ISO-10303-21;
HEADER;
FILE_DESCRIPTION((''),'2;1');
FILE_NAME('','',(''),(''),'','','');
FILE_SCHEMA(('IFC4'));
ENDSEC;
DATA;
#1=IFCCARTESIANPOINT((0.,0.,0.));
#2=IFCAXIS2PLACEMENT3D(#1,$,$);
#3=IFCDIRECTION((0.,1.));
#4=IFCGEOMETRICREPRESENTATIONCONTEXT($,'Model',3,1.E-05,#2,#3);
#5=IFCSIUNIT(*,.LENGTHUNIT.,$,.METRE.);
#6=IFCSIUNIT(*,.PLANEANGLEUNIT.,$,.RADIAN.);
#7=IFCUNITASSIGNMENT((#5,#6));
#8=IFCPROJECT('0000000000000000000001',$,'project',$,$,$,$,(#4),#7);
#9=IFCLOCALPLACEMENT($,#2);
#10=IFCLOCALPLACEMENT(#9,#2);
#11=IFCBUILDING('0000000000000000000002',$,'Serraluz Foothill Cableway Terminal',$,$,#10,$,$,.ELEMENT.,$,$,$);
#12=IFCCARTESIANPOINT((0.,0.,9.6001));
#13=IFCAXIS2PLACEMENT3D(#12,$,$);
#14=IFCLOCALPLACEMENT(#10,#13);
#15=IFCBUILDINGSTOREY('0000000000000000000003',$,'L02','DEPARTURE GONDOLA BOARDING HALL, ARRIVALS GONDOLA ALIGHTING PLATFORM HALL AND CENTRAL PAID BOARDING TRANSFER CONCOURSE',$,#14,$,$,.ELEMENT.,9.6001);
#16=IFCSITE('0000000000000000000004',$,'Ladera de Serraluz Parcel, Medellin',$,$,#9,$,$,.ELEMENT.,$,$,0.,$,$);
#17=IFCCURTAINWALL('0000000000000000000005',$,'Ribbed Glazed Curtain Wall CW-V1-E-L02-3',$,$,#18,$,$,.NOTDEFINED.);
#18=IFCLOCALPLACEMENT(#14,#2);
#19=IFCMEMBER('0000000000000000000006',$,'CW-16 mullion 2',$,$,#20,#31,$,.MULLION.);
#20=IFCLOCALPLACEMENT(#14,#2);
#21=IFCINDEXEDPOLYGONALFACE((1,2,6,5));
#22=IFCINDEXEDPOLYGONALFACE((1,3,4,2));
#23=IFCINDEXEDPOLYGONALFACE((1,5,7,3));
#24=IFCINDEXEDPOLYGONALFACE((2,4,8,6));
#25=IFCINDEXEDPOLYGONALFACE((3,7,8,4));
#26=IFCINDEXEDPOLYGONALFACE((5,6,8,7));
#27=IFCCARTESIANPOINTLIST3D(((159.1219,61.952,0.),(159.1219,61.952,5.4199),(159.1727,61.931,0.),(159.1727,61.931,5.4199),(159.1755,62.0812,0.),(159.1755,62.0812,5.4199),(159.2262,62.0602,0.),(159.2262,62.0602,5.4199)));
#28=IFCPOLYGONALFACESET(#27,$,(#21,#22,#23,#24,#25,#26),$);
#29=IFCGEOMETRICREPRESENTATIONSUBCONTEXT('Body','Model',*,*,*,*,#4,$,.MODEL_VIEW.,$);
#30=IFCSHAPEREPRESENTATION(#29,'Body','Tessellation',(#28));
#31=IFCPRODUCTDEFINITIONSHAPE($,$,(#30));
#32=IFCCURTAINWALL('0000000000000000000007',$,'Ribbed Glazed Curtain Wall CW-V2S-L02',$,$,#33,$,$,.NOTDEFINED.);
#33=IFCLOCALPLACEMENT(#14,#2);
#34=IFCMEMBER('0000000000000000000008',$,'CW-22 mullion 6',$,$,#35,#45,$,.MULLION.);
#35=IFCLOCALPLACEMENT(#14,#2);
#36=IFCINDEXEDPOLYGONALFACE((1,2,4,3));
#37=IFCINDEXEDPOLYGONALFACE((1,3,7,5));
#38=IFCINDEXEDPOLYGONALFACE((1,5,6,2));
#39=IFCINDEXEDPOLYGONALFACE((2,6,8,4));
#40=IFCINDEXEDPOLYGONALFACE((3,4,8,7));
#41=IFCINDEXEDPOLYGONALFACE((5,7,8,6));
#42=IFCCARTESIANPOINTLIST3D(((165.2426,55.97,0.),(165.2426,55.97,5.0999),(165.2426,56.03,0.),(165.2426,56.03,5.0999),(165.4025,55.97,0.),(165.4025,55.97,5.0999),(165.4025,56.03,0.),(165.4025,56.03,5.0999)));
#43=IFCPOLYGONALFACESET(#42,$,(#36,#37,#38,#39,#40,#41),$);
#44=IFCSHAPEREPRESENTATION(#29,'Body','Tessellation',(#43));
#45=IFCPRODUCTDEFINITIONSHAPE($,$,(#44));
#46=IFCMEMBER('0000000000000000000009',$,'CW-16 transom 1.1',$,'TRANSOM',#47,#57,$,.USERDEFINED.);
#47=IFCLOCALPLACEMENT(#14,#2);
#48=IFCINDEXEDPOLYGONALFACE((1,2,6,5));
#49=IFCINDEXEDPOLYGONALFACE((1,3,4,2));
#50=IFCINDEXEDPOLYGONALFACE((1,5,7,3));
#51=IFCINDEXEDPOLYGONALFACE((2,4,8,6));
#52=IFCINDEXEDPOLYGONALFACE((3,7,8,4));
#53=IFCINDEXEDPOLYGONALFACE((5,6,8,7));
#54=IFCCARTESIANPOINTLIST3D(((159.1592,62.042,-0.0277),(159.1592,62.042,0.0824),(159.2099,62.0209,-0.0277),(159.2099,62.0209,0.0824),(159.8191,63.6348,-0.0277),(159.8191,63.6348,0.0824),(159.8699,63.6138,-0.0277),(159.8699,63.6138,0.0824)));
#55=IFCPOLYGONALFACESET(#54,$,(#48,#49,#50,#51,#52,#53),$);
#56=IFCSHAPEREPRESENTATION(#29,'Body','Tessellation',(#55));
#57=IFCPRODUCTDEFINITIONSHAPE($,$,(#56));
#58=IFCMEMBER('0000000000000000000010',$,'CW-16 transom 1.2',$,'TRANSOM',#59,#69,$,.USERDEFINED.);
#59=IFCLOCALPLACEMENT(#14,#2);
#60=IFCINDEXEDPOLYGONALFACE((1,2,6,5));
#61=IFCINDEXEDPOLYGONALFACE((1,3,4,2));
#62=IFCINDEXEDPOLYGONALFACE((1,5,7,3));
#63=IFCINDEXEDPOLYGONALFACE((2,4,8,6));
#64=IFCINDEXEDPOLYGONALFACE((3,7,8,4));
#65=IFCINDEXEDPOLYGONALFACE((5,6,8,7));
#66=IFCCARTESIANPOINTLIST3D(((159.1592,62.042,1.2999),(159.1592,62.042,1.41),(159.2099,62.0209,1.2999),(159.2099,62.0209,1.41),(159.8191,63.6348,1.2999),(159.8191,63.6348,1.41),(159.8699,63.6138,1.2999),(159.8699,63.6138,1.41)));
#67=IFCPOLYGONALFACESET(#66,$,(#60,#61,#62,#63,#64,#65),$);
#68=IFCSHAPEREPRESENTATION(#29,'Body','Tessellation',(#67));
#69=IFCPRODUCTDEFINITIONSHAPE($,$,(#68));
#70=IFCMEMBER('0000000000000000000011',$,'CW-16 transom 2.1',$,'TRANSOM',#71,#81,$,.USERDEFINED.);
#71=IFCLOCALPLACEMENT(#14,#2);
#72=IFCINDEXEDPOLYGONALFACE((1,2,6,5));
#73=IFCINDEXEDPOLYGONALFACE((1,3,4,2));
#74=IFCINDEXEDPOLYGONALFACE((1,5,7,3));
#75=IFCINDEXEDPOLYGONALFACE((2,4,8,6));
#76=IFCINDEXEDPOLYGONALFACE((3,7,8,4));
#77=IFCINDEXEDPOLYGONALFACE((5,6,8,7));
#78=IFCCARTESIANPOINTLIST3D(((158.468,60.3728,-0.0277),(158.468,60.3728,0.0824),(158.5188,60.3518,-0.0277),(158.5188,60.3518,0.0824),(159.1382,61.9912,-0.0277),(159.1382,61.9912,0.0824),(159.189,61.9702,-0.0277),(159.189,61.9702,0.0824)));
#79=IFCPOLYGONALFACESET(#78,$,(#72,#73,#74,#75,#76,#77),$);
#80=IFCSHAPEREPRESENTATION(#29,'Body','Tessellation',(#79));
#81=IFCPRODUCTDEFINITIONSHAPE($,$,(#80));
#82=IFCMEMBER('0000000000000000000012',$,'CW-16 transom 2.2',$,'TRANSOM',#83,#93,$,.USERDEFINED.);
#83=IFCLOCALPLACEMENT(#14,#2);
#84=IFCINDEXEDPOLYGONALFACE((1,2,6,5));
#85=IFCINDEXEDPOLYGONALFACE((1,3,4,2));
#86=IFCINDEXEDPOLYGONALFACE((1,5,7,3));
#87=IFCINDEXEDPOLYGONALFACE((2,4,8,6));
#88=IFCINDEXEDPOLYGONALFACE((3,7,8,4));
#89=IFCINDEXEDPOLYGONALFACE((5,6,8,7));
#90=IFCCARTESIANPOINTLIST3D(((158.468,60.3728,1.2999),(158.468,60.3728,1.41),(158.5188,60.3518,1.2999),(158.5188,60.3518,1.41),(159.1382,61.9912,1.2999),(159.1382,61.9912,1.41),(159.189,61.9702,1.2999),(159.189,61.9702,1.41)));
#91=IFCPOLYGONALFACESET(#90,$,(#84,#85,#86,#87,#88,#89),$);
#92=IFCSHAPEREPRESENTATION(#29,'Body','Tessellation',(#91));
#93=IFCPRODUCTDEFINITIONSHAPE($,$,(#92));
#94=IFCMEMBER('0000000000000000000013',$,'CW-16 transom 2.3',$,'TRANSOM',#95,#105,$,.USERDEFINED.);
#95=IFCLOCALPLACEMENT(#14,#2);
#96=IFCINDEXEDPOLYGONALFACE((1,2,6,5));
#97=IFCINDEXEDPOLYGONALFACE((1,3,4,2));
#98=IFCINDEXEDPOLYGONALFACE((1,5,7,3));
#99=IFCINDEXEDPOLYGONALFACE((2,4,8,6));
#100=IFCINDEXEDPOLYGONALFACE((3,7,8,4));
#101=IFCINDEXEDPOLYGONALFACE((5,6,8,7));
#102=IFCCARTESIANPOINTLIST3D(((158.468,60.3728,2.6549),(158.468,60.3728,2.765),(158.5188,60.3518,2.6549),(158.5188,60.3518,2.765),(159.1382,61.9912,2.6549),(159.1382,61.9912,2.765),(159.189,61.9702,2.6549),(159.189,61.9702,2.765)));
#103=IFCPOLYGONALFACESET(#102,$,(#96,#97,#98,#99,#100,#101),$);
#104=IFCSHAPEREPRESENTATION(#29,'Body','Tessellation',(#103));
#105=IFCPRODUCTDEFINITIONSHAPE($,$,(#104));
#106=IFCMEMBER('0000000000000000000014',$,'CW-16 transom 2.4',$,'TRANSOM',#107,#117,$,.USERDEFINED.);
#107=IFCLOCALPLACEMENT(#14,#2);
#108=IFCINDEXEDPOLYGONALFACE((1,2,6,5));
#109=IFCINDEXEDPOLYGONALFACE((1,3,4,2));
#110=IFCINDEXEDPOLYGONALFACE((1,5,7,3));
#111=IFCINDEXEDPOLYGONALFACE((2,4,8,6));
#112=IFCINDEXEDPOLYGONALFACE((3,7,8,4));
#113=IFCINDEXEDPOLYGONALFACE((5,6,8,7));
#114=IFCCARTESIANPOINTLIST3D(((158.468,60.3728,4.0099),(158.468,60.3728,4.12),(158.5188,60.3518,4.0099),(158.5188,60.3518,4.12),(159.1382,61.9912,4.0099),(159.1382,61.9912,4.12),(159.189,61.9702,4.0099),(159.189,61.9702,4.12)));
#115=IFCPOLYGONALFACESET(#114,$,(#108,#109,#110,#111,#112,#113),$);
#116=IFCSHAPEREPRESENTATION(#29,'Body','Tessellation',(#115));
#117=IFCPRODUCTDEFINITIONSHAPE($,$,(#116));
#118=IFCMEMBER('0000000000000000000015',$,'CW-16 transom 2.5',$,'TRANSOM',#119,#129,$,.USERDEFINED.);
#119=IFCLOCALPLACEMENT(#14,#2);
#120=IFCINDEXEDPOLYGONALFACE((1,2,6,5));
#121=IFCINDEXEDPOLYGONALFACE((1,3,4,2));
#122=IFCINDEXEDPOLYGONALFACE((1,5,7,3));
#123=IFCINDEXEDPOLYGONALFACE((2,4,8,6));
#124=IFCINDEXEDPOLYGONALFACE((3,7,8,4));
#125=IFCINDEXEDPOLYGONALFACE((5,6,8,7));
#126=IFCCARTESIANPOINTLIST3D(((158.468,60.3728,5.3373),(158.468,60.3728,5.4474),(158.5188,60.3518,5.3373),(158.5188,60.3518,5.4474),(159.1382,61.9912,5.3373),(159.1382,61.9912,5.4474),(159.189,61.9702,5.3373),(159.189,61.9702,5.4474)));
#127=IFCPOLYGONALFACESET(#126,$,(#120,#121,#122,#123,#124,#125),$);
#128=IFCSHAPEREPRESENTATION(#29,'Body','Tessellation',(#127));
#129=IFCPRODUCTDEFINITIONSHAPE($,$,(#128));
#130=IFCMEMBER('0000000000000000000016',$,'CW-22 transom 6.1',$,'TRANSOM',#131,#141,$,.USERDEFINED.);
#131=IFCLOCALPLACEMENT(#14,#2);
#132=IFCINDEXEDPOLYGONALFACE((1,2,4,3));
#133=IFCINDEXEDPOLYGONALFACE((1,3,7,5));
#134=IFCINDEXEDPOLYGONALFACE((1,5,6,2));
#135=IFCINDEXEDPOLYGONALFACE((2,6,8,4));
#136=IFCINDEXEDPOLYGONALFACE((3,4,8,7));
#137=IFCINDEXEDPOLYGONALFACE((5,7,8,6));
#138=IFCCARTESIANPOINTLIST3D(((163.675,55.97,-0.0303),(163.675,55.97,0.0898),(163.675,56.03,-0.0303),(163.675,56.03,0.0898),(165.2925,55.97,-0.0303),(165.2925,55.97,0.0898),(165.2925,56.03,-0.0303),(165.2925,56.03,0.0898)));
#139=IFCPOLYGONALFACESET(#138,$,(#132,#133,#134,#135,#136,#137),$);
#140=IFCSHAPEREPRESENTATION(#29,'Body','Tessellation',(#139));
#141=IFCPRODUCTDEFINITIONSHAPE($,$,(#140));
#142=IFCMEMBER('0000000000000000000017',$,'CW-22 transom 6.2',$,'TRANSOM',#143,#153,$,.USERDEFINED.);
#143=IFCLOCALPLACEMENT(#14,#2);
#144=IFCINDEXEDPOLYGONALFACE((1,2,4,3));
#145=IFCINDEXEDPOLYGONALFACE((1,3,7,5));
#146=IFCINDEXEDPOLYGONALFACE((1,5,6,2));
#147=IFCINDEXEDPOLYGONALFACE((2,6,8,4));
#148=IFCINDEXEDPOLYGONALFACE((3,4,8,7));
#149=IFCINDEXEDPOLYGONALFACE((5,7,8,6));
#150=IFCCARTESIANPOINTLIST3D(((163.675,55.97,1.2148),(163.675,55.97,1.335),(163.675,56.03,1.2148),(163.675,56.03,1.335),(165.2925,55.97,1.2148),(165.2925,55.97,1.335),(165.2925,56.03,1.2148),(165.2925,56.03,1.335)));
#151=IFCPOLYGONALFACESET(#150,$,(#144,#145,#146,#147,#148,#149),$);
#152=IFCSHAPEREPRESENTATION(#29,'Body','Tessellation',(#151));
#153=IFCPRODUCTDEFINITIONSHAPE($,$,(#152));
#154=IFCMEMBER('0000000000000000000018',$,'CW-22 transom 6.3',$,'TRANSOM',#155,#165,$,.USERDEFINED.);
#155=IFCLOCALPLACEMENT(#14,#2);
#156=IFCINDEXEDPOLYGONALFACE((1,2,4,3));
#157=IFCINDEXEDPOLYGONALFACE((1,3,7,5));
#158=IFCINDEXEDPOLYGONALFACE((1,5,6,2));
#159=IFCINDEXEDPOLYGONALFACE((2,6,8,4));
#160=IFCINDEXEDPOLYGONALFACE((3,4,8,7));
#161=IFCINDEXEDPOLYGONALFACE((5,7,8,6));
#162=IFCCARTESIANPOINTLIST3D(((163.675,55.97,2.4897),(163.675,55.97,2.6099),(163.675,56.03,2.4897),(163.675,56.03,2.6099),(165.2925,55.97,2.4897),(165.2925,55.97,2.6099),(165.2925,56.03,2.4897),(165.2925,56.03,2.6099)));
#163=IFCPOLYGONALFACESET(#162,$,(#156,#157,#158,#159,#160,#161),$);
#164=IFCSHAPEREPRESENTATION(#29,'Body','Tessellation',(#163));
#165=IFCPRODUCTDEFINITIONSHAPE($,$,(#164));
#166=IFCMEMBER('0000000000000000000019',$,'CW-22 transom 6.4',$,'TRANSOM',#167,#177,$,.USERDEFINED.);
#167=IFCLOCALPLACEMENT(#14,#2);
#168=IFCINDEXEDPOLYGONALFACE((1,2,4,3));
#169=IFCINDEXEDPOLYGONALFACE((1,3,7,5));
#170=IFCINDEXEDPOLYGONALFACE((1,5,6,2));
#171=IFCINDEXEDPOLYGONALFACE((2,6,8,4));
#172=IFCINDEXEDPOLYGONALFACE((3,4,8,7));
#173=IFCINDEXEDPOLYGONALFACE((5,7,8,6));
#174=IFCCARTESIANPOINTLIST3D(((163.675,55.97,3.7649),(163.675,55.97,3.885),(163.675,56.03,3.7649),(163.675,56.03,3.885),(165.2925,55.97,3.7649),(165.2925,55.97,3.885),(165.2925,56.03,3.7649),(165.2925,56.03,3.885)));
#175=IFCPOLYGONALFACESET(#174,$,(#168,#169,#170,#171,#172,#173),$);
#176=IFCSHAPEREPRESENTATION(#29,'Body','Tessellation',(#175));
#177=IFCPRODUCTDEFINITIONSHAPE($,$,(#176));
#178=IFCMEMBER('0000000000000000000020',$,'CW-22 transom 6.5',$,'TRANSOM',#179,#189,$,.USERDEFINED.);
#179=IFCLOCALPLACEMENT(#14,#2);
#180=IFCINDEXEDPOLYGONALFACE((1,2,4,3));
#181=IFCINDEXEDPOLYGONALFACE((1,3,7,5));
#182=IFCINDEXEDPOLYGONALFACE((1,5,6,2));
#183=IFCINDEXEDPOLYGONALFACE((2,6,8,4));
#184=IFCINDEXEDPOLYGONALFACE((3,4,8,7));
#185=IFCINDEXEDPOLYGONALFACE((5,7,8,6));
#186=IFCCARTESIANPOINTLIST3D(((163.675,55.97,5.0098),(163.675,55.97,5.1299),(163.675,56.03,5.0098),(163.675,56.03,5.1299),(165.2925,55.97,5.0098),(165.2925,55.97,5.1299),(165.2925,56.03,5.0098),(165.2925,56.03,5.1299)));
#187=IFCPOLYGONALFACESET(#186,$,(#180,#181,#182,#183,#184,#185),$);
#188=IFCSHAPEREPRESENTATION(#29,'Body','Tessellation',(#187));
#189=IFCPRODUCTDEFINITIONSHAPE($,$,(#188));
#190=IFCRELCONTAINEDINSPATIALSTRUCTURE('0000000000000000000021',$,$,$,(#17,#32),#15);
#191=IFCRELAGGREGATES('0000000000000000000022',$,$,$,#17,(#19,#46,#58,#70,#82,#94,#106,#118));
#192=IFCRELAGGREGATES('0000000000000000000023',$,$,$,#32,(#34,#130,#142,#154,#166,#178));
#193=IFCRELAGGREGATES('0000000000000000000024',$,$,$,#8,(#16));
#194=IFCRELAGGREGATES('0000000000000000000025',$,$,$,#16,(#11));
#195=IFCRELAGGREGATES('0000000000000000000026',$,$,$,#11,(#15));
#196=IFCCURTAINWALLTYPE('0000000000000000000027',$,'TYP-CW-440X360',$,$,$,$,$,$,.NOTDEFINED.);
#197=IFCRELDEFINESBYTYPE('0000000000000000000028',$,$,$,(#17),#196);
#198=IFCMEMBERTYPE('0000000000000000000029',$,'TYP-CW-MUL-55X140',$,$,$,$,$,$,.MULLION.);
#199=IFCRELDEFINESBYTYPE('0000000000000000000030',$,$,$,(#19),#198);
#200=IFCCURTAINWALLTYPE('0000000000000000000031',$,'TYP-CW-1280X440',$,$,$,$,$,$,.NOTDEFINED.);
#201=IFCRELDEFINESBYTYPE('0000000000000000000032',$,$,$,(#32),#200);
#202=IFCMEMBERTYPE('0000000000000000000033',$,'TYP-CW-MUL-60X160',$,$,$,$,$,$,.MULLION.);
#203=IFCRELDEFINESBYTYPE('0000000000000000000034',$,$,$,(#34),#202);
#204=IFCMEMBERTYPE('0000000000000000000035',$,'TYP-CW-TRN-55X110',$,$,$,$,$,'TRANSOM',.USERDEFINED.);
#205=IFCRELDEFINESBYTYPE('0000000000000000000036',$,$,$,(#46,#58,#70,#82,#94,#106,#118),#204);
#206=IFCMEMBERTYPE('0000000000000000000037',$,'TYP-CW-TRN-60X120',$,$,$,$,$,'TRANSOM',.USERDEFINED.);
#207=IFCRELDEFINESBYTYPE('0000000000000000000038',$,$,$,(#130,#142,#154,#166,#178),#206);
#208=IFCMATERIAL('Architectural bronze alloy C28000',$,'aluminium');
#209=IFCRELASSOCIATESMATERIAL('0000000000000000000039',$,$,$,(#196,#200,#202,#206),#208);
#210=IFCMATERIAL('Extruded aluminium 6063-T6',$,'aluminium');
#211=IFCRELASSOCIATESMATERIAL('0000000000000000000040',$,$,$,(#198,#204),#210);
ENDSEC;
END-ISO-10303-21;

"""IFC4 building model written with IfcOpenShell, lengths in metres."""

from ifc_helpers import new_model, si_unit, direction, frame, origin, origin_2d, place, context, subcontext, project, spatial, rectangle, extrude, material, material_profile, profile_set, type_object, element, aggregate, save


model = new_model("IFC4")

# Units and contexts
model_context = context("Model", 3, precision=1e-05, world=origin(), true_north=direction((0.0, 1.0)))
body_context = subcontext(model_context, "Body", "Model", "MODEL_VIEW")
ifc_project = project(units=[si_unit("LENGTHUNIT", "METRE"), si_unit("PLANEANGLEUNIT", "RADIAN")], contexts=[model_context])

# Site, building, storey
site_placement = place(None, origin())
site = spatial("IfcSite", under=ifc_project, at=site_placement, Name="Ladera de Serraluz Parcel, Medellin", CompositionType="ELEMENT", RefElevation=0.0)
building_placement = place(site_placement, origin())
building = spatial("IfcBuilding", under=site, at=building_placement, Name="Serraluz Foothill Cableway Terminal", CompositionType="ELEMENT")
storey_placement = place(building_placement, frame((0.0, 0.0, 9.6001)))
storey = spatial("IfcBuildingStorey", under=building, at=storey_placement, Name="L02", Description="DEPARTURE GONDOLA BOARDING HALL, ARRIVALS GONDOLA ALIGHTING PLATFORM HALL AND CENTRAL PAID BOARDING TRANSFER CONCOURSE", CompositionType="ELEMENT", Elevation=9.6001)

# Curtain walls, members
ifc_material_1 = material(Name="Architectural bronze alloy C28000", Category="aluminium")
curtain_wall_type_1 = type_object("IfcCurtainWallType", Name="TYP-CW-440X360", PredefinedType="NOTDEFINED", material=ifc_material_1)
curtain_wall_1_placement = place(storey_placement, origin())
curtain_wall_1 = element("IfcCurtainWall", 1, at=curtain_wall_1_placement, inside=storey, type_object=curtain_wall_type_1, Name="Ribbed Glazed Curtain Wall CW-V1-E-L02-3", PredefinedType="NOTDEFINED")
ifc_material_2 = material(Name="Extruded aluminium 6063-T6", Category="aluminium")
ifc_material_profile_1 = material_profile(ifc_material_2, rectangle(XDim=0.0549, YDim=0.1399, at=origin_2d()), Name="ALU MULLION 55x140")
ifc_profile_set_1 = profile_set([ifc_material_profile_1], Name="Extruded aluminium 6063-T6")
member_type_1 = type_object("IfcMemberType", Name="TYP-CW-MUL-55X140", PredefinedType="MULLION", material=ifc_profile_set_1)
member_1_placement = place(storey_placement, frame((159.1741, 62.0061, 0.0), z_axis=(0.0, 0.0, 1.0), x_axis=(0.923879, -0.382685, 0.0)))
member_1 = element("IfcMember", 2, at=member_1_placement, type_object=member_type_1, Name="CW-16 mullion 2", PredefinedType="MULLION", context=body_context, shape_type="SweptSolid", body=[
    extrude(rectangle(XDim=0.0549, YDim=0.1399, at=origin_2d()), origin(), (0.0, 0.0, 1.0), 5.4199),
])
curtain_wall_type_2 = type_object("IfcCurtainWallType", Name="TYP-CW-1280X440", PredefinedType="NOTDEFINED", material=ifc_material_1)
curtain_wall_2_placement = place(storey_placement, origin())
curtain_wall_2 = element("IfcCurtainWall", 3, at=curtain_wall_2_placement, inside=storey, type_object=curtain_wall_type_2, Name="Ribbed Glazed Curtain Wall CW-V2S-L02", PredefinedType="NOTDEFINED")
ifc_material_profile_2 = material_profile(ifc_material_1, rectangle(XDim=0.0601, YDim=0.1599, at=origin_2d()), Name="ALU MULLION 60x160")
ifc_profile_set_2 = profile_set([ifc_material_profile_2], Name="Architectural bronze alloy C28000")
member_type_2 = type_object("IfcMemberType", Name="TYP-CW-MUL-60X160", PredefinedType="MULLION", material=ifc_profile_set_2)
member_2_placement = place(storey_placement, frame((165.3225, 56.0, 0.0), z_axis=(0.0, 0.0, 1.0), x_axis=(0.0, -1.0, 0.0)))
member_2 = element("IfcMember", 4, at=member_2_placement, type_object=member_type_2, Name="CW-22 mullion 6", PredefinedType="MULLION", context=body_context, shape_type="SweptSolid", body=[
    extrude(rectangle(XDim=0.0601, YDim=0.1599, at=origin_2d()), origin(), (0.0, 0.0, 1.0), 5.0999),
])

# Members
ifc_material_profile_3 = material_profile(ifc_material_2, rectangle(XDim=0.0549, YDim=0.1101, at=origin_2d()), Name="ALU TRANSOM 55x110")
ifc_profile_set_3 = profile_set([ifc_material_profile_3], Name="Extruded aluminium 6063-T6")
member_type_3 = type_object("IfcMemberType", Name="TYP-CW-TRN-55X110", ElementType="TRANSOM", PredefinedType="USERDEFINED", material=ifc_profile_set_3)
member_3_placement = place(storey_placement, frame((159.8445, 63.6243, 0.0273), z_axis=(-0.382765, -0.923846, 0.0), x_axis=(0.923846, -0.382765, 0.0)))
member_3 = element("IfcMember", 5, at=member_3_placement, type_object=member_type_3, Name="CW-16 transom 1.1", ObjectType="TRANSOM", PredefinedType="USERDEFINED", context=body_context, shape_type="SweptSolid", body=[
    extrude(rectangle(XDim=0.0549, YDim=0.1101, at=origin_2d()), origin(), (0.0, 0.0, 1.0), 1.7241),
])
member_4_placement = place(storey_placement, frame((159.8445, 63.6243, 1.355), z_axis=(-0.382765, -0.923846, 0.0), x_axis=(0.923846, -0.382765, 0.0)))
member_4 = element("IfcMember", 6, at=member_4_placement, type_object=member_type_3, Name="CW-16 transom 1.2", ObjectType="TRANSOM", PredefinedType="USERDEFINED", context=body_context, shape_type="SweptSolid", body=[
    extrude(rectangle(XDim=0.0549, YDim=0.1101, at=origin_2d()), origin(), (0.0, 0.0, 1.0), 1.7241),
])
member_5_placement = place(storey_placement, frame((159.1636, 61.9807, 0.0273), z_axis=(-0.382586, -0.92392, 0.0), x_axis=(0.92392, -0.382586, 0.0)))
member_5 = element("IfcMember", 7, at=member_5_placement, type_object=member_type_3, Name="CW-16 transom 2.1", ObjectType="TRANSOM", PredefinedType="USERDEFINED", context=body_context, shape_type="SweptSolid", body=[
    extrude(rectangle(XDim=0.0549, YDim=0.1101, at=origin_2d()), origin(), (0.0, 0.0, 1.0), 1.7517),
])
member_6_placement = place(storey_placement, frame((159.1636, 61.9807, 1.355), z_axis=(-0.382586, -0.92392, 0.0), x_axis=(0.92392, -0.382586, 0.0)))
member_6 = element("IfcMember", 8, at=member_6_placement, type_object=member_type_3, Name="CW-16 transom 2.2", ObjectType="TRANSOM", PredefinedType="USERDEFINED", context=body_context, shape_type="SweptSolid", body=[
    extrude(rectangle(XDim=0.0549, YDim=0.1101, at=origin_2d()), origin(), (0.0, 0.0, 1.0), 1.7517),
])
member_7_placement = place(storey_placement, frame((159.1636, 61.9807, 2.71), z_axis=(-0.382586, -0.92392, 0.0), x_axis=(0.92392, -0.382586, 0.0)))
member_7 = element("IfcMember", 9, at=member_7_placement, type_object=member_type_3, Name="CW-16 transom 2.3", ObjectType="TRANSOM", PredefinedType="USERDEFINED", context=body_context, shape_type="SweptSolid", body=[
    extrude(rectangle(XDim=0.0549, YDim=0.1101, at=origin_2d()), origin(), (0.0, 0.0, 1.0), 1.7517),
])
member_8_placement = place(storey_placement, frame((159.1636, 61.9807, 4.0649), z_axis=(-0.382586, -0.92392, 0.0), x_axis=(0.92392, -0.382586, 0.0)))
member_8 = element("IfcMember", 10, at=member_8_placement, type_object=member_type_3, Name="CW-16 transom 2.4", ObjectType="TRANSOM", PredefinedType="USERDEFINED", context=body_context, shape_type="SweptSolid", body=[
    extrude(rectangle(XDim=0.0549, YDim=0.1101, at=origin_2d()), origin(), (0.0, 0.0, 1.0), 1.7517),
])
member_9_placement = place(storey_placement, frame((159.1636, 61.9807, 5.3923), z_axis=(-0.382586, -0.92392, 0.0), x_axis=(0.92392, -0.382586, 0.0)))
member_9 = element("IfcMember", 11, at=member_9_placement, type_object=member_type_3, Name="CW-16 transom 2.5", ObjectType="TRANSOM", PredefinedType="USERDEFINED", context=body_context, shape_type="SweptSolid", body=[
    extrude(rectangle(XDim=0.0549, YDim=0.1101, at=origin_2d()), origin(), (0.0, 0.0, 1.0), 1.7517),
])
ifc_material_profile_4 = material_profile(ifc_material_1, rectangle(XDim=0.0601, YDim=0.1201, at=origin_2d()), Name="ALU TRANSOM 60x120")
ifc_profile_set_4 = profile_set([ifc_material_profile_4], Name="Architectural bronze alloy C28000")
member_type_4 = type_object("IfcMemberType", Name="TYP-CW-TRN-60X120", ElementType="TRANSOM", PredefinedType="USERDEFINED", material=ifc_profile_set_4)
member_10_placement = place(storey_placement, frame((165.2925, 56.0, 0.0298), z_axis=(-1.0, 0.0, 0.0), x_axis=(0.0, -1.0, 0.0)))
member_10 = element("IfcMember", 12, at=member_10_placement, type_object=member_type_4, Name="CW-22 transom 6.1", ObjectType="TRANSOM", PredefinedType="USERDEFINED", context=body_context, shape_type="SweptSolid", body=[
    extrude(rectangle(XDim=0.0601, YDim=0.1201, at=origin_2d()), origin(), (0.0, 0.0, 1.0), 1.6174),
])
member_11_placement = place(storey_placement, frame((165.2925, 56.0, 1.2749), z_axis=(-1.0, 0.0, 0.0), x_axis=(0.0, -1.0, 0.0)))
member_11 = element("IfcMember", 13, at=member_11_placement, type_object=member_type_4, Name="CW-22 transom 6.2", ObjectType="TRANSOM", PredefinedType="USERDEFINED", context=body_context, shape_type="SweptSolid", body=[
    extrude(rectangle(XDim=0.0601, YDim=0.1201, at=origin_2d()), origin(), (0.0, 0.0, 1.0), 1.6174),
])
member_12_placement = place(storey_placement, frame((165.2925, 56.0, 2.5498), z_axis=(-1.0, 0.0, 0.0), x_axis=(0.0, -1.0, 0.0)))
member_12 = element("IfcMember", 14, at=member_12_placement, type_object=member_type_4, Name="CW-22 transom 6.3", ObjectType="TRANSOM", PredefinedType="USERDEFINED", context=body_context, shape_type="SweptSolid", body=[
    extrude(rectangle(XDim=0.0601, YDim=0.1201, at=origin_2d()), origin(), (0.0, 0.0, 1.0), 1.6174),
])
member_13_placement = place(storey_placement, frame((165.2925, 56.0, 3.825), z_axis=(-1.0, 0.0, 0.0), x_axis=(0.0, -1.0, 0.0)))
member_13 = element("IfcMember", 15, at=member_13_placement, type_object=member_type_4, Name="CW-22 transom 6.4", ObjectType="TRANSOM", PredefinedType="USERDEFINED", context=body_context, shape_type="SweptSolid", body=[
    extrude(rectangle(XDim=0.0601, YDim=0.1201, at=origin_2d()), origin(), (0.0, 0.0, 1.0), 1.6174),
])
member_14_placement = place(storey_placement, frame((165.2925, 56.0, 5.0698), z_axis=(-1.0, 0.0, 0.0), x_axis=(0.0, -1.0, 0.0)))
member_14 = element("IfcMember", 16, at=member_14_placement, type_object=member_type_4, Name="CW-22 transom 6.5", ObjectType="TRANSOM", PredefinedType="USERDEFINED", context=body_context, shape_type="SweptSolid", body=[
    extrude(rectangle(XDim=0.0601, YDim=0.1201, at=origin_2d()), origin(), (0.0, 0.0, 1.0), 1.6174),
])

aggregate(curtain_wall_1, [member_1, member_3, member_4, member_5, member_6, member_7, member_8, member_9])
aggregate(curtain_wall_2, [member_2, member_10, member_11, member_12, member_13, member_14])

save(model, "model.ifc")
